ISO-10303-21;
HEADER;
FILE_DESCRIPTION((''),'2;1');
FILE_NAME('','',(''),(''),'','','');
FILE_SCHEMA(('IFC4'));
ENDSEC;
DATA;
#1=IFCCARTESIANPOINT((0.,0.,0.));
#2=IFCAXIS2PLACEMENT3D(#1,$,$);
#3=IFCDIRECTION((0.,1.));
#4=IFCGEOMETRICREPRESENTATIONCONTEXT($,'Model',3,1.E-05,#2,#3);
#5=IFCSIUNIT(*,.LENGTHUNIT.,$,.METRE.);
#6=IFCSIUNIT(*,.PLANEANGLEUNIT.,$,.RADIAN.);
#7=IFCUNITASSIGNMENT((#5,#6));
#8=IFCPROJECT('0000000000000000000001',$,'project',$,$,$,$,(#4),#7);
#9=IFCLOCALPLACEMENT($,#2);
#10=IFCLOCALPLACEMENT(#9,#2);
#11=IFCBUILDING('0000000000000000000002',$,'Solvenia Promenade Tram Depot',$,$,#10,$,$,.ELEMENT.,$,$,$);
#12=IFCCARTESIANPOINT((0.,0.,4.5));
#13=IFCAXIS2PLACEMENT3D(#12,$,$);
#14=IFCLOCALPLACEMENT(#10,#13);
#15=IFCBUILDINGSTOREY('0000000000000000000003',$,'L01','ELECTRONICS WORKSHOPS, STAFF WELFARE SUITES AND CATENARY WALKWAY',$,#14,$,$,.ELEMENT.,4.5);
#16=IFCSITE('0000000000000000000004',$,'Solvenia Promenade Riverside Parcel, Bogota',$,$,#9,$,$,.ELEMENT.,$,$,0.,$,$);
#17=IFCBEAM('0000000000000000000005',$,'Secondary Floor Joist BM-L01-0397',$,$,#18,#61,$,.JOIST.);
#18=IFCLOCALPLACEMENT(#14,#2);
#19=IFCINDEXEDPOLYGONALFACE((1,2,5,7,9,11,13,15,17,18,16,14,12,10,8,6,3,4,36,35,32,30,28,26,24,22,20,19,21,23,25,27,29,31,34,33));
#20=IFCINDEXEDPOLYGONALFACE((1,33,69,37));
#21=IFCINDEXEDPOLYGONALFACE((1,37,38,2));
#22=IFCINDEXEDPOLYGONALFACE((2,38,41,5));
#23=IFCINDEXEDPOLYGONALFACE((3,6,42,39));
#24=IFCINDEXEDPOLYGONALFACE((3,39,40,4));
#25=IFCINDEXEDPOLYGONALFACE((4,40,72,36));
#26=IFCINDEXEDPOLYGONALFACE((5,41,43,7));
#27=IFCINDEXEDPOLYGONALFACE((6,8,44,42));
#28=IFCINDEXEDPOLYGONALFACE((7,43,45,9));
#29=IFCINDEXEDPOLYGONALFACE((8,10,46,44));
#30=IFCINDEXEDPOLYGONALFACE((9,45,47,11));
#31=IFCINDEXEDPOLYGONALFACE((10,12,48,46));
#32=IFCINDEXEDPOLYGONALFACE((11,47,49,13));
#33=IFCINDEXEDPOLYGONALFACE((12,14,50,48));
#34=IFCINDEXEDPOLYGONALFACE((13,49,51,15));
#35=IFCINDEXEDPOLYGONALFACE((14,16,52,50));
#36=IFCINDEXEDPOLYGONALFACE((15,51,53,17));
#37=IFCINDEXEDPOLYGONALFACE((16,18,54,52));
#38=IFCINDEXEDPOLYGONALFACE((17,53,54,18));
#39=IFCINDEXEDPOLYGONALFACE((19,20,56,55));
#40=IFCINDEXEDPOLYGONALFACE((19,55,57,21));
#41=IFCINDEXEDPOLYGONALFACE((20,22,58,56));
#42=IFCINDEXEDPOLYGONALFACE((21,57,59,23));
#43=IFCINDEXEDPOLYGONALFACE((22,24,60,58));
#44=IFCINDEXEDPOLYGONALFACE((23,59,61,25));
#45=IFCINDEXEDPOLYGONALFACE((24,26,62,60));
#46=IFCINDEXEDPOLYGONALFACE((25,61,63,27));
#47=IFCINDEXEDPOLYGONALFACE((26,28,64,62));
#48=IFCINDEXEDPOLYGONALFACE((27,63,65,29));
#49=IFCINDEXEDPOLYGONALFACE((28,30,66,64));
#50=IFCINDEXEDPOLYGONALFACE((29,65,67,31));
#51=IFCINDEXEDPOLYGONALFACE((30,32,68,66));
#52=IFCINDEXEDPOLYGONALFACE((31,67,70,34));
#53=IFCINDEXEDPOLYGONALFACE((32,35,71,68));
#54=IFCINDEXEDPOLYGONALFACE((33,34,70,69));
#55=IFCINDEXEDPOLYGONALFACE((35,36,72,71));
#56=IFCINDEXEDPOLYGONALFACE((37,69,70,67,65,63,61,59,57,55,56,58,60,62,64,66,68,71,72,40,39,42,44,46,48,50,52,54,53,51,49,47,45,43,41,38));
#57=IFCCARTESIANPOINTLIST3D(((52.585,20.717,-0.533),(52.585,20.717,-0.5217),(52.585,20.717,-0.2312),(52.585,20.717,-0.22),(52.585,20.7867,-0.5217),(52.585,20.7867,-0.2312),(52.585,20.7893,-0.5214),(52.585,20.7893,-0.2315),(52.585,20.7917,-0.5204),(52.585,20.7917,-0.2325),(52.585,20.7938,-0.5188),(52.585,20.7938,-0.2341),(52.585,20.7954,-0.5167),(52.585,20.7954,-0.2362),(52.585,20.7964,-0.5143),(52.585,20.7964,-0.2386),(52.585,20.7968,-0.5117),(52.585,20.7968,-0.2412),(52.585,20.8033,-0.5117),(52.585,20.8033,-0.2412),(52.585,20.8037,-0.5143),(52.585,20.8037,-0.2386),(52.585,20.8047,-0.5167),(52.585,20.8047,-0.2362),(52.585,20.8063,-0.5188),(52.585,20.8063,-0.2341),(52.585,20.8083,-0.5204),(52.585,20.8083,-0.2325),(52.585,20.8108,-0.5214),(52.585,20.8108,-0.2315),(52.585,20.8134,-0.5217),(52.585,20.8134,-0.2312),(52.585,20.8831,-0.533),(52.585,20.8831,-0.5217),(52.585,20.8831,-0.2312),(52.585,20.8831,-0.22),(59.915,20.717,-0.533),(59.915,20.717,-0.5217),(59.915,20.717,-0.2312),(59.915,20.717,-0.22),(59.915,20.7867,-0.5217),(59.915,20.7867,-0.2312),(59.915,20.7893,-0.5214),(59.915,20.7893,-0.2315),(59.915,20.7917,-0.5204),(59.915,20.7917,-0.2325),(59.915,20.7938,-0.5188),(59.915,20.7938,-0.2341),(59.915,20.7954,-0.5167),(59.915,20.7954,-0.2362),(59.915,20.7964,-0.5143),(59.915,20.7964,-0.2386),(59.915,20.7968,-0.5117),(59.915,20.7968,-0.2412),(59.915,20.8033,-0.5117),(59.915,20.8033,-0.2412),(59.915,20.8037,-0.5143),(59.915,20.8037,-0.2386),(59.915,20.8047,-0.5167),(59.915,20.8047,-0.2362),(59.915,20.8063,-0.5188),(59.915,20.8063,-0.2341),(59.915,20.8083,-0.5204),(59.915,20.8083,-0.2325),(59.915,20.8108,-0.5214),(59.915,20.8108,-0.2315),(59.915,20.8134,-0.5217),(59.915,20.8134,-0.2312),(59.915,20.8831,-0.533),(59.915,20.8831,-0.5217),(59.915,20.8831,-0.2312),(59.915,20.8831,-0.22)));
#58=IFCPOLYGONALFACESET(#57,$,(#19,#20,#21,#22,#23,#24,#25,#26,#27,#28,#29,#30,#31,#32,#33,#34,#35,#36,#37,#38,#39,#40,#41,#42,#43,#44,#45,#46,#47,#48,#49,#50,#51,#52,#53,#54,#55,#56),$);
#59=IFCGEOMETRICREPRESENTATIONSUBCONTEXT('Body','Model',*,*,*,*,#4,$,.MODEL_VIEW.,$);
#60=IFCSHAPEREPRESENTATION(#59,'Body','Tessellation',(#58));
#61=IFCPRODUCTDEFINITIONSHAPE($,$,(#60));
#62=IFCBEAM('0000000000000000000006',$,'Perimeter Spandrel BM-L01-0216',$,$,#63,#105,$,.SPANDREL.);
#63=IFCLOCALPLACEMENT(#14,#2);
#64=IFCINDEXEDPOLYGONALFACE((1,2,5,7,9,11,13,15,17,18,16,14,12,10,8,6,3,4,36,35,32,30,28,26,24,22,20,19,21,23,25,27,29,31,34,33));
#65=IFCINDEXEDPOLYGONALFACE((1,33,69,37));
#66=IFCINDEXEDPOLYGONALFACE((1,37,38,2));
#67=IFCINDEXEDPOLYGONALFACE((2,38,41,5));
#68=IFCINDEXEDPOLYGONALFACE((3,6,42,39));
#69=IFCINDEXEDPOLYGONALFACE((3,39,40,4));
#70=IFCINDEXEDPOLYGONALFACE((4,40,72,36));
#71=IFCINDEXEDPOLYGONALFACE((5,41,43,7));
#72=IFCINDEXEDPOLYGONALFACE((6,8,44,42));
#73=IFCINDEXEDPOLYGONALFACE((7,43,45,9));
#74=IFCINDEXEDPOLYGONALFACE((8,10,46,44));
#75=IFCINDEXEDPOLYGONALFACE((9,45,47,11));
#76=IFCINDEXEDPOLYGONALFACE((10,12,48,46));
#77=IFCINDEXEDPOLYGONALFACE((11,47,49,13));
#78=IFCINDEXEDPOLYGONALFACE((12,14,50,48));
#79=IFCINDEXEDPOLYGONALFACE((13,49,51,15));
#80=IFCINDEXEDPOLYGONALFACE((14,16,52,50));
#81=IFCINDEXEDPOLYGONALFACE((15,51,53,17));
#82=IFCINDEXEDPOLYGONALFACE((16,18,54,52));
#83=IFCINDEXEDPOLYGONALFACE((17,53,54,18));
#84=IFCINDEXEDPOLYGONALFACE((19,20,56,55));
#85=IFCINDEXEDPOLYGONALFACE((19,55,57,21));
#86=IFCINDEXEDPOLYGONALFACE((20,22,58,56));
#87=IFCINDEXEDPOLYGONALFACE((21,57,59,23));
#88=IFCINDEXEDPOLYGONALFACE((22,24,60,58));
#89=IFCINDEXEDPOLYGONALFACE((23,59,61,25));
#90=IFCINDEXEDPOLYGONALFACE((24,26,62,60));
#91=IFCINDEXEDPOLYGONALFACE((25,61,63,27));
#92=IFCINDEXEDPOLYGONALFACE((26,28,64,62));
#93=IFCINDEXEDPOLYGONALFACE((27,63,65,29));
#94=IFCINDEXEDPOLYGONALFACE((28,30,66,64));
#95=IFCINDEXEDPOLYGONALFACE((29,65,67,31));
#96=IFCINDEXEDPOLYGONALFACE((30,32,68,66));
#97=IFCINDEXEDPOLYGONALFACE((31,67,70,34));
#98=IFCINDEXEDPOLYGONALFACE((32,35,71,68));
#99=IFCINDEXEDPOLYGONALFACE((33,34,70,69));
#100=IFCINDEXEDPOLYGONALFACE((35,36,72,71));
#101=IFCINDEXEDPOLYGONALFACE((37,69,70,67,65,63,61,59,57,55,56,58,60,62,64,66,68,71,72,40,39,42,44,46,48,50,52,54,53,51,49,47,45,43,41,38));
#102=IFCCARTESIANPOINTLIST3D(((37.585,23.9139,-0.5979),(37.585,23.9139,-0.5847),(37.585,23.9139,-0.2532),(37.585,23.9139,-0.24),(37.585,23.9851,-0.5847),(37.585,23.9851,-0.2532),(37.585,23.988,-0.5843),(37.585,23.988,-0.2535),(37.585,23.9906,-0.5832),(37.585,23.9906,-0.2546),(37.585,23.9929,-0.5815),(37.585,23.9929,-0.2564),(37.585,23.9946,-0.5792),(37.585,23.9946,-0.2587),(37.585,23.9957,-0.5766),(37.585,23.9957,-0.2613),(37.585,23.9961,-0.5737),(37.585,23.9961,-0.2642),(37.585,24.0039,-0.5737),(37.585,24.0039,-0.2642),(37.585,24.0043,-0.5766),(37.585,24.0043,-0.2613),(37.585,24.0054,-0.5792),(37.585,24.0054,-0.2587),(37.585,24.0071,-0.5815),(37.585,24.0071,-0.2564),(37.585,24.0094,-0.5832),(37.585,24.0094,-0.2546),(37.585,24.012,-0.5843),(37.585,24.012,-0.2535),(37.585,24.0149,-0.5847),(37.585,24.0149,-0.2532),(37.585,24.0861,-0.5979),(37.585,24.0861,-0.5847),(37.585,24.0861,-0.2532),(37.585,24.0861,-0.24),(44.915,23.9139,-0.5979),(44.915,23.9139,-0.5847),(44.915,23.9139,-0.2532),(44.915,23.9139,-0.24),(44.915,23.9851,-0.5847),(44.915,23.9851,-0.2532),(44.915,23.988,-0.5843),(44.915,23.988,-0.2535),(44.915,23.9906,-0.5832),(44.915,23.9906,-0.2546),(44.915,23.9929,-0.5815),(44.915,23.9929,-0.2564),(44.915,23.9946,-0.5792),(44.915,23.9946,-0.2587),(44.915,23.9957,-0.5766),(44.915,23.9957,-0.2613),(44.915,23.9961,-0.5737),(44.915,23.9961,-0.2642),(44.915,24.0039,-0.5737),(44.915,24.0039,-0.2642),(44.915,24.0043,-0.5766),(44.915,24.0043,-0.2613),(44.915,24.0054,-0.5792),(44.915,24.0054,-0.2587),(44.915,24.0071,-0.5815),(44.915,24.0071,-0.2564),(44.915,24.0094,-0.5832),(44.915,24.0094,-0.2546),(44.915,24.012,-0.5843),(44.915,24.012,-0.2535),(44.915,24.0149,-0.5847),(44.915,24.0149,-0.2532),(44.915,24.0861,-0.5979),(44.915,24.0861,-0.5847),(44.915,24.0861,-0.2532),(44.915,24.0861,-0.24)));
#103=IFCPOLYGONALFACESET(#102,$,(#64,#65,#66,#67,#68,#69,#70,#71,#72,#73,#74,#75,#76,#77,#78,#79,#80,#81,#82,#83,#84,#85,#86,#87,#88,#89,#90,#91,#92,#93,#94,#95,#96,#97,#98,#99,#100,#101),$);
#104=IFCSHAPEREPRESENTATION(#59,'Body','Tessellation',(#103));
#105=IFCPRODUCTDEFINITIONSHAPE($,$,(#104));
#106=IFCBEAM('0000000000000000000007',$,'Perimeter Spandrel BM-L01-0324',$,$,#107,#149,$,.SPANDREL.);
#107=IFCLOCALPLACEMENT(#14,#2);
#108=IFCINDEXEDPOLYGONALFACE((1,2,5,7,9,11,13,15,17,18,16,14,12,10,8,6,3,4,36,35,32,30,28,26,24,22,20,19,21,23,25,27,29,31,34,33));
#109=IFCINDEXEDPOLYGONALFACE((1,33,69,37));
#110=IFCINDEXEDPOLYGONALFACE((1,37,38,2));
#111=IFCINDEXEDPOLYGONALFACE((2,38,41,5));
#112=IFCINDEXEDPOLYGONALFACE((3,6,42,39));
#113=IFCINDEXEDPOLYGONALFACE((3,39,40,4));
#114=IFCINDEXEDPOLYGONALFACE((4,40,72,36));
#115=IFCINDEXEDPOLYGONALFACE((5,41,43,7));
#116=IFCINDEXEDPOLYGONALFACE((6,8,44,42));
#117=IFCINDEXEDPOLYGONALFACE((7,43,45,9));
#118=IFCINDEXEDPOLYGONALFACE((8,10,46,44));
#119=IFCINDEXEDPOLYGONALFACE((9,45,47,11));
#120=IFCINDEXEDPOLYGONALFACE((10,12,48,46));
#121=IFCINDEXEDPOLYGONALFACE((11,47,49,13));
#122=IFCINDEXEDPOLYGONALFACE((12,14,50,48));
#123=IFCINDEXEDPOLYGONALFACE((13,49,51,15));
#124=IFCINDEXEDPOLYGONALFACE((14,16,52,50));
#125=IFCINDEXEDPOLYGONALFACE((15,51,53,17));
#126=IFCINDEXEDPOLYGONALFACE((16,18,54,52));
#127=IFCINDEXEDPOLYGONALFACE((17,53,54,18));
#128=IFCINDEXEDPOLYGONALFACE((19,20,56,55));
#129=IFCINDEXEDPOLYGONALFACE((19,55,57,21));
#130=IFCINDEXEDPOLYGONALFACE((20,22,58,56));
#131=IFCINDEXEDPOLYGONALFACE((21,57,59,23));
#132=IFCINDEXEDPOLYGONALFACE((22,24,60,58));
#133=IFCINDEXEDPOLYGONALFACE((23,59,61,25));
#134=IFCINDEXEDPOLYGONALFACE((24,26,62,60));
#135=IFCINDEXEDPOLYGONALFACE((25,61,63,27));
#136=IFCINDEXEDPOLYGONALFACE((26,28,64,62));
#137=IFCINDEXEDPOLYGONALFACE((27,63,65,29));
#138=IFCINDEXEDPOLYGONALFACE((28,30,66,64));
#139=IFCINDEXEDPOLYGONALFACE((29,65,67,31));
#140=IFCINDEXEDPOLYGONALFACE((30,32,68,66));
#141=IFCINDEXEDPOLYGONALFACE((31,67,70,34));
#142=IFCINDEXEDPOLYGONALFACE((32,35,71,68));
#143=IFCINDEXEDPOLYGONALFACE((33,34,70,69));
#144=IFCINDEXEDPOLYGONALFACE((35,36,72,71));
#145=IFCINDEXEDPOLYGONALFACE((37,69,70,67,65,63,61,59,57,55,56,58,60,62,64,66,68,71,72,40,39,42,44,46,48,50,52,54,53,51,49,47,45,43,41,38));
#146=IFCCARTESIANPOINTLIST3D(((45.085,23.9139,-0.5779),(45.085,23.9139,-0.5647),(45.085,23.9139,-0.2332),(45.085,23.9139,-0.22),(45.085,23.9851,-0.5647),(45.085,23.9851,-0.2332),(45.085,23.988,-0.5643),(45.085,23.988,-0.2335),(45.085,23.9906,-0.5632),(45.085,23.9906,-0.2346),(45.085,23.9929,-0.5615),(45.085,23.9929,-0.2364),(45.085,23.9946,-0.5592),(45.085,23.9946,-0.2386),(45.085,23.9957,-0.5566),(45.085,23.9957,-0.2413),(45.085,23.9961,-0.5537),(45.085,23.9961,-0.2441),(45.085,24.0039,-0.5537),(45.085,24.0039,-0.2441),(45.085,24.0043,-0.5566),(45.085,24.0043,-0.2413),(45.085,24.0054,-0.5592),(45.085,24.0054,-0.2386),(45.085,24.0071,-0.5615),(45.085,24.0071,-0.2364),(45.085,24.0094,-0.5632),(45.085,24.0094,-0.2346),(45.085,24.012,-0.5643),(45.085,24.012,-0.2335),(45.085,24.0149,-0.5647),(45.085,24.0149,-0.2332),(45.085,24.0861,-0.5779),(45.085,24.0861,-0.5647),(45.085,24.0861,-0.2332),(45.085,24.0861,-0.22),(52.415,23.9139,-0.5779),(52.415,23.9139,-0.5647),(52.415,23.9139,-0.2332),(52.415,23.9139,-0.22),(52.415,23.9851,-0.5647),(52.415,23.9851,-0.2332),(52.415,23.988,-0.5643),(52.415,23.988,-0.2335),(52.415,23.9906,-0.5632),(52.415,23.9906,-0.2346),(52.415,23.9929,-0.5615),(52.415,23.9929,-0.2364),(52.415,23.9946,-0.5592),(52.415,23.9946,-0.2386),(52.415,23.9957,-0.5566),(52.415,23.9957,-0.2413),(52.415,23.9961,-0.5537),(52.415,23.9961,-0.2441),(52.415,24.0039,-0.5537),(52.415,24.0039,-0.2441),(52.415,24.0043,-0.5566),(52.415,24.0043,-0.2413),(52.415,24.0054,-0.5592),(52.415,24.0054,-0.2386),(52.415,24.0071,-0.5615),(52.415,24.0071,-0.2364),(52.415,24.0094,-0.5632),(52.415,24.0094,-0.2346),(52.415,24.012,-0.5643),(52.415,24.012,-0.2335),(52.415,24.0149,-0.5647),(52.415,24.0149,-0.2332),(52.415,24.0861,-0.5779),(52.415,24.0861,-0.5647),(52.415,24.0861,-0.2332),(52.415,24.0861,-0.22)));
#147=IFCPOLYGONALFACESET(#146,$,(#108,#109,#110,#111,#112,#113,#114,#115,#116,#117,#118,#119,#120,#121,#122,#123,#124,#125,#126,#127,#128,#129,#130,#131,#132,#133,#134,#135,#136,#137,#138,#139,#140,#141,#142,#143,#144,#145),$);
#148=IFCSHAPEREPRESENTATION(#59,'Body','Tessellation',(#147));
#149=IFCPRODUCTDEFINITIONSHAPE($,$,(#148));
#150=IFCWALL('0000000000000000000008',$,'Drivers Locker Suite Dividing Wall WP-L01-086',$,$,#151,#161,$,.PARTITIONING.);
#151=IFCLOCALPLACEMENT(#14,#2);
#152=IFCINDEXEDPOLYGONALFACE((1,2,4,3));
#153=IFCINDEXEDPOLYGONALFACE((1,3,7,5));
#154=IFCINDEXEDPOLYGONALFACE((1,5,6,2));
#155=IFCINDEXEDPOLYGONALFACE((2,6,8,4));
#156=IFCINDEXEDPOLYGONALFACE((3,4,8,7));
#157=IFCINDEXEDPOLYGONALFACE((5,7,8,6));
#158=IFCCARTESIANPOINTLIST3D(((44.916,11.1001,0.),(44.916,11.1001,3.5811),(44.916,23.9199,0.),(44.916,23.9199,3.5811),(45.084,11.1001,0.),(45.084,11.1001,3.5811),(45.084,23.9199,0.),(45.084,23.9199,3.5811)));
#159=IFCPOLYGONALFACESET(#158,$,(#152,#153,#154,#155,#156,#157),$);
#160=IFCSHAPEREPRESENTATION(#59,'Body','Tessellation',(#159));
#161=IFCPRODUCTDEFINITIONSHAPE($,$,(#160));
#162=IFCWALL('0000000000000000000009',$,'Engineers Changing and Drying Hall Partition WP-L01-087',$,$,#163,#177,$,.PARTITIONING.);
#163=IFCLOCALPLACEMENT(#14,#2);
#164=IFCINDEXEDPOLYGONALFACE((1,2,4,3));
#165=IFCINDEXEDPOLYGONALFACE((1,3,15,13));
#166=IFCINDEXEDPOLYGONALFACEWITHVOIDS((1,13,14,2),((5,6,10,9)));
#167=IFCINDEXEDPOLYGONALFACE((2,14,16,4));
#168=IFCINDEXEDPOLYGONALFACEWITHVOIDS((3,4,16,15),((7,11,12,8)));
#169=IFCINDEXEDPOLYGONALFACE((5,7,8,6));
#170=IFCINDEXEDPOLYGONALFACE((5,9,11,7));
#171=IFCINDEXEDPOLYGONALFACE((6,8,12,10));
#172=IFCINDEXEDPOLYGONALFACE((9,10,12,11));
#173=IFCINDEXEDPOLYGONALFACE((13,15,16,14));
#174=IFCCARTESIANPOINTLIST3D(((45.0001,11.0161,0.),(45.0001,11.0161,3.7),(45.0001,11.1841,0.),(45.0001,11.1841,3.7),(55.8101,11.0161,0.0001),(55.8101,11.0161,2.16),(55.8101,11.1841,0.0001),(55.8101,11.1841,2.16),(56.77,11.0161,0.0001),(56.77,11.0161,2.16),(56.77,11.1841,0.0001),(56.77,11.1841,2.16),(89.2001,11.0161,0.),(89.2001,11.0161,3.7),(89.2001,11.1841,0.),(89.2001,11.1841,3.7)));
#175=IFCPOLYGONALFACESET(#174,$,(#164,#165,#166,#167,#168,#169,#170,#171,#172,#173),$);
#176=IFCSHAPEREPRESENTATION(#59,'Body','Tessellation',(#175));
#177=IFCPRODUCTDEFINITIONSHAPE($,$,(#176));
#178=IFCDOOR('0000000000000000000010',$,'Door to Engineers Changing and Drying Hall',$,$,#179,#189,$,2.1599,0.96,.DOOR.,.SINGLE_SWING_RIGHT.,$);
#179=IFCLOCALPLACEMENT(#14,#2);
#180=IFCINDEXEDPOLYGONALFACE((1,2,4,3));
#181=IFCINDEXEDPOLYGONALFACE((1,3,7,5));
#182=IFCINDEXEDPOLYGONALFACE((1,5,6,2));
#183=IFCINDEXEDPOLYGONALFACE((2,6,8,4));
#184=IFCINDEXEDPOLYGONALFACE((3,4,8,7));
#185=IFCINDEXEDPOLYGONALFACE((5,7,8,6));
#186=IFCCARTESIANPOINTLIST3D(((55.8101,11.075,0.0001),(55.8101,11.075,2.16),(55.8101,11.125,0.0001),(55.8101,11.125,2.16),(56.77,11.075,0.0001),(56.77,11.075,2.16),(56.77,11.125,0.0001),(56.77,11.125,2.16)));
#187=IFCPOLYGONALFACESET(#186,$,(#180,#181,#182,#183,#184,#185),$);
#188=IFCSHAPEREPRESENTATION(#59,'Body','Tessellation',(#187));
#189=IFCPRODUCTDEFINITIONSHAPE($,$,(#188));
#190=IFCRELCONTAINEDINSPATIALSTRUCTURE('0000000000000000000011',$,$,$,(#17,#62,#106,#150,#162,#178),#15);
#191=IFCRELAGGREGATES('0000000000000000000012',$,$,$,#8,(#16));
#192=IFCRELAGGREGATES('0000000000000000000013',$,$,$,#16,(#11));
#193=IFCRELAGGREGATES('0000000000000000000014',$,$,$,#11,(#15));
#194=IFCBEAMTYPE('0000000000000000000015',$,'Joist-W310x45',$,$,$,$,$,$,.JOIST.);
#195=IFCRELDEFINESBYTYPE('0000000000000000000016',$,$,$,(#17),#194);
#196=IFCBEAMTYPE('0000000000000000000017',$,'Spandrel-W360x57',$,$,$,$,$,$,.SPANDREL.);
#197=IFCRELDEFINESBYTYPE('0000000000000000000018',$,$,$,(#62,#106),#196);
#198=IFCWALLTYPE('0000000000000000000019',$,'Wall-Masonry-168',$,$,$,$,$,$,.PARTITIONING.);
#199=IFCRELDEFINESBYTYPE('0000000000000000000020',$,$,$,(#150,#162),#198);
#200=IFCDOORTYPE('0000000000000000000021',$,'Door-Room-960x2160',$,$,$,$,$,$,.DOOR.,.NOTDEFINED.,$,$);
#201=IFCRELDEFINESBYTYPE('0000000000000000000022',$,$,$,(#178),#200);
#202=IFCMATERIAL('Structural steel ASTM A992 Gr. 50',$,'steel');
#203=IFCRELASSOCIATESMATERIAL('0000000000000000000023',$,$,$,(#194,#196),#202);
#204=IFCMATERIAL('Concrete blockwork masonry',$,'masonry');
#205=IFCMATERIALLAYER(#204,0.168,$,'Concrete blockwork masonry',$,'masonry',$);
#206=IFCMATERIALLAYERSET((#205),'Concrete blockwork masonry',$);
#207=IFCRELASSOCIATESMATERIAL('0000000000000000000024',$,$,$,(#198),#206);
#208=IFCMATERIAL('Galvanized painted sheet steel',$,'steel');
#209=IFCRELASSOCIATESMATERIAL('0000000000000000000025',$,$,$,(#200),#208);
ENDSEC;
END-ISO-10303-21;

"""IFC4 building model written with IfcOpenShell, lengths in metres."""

from ifc_helpers import new_model, si_unit, direction, frame, frame_2d, origin, origin_2d, place, context, subcontext, project, spatial, rectangle, i_section, extrude, material, layer, layer_set, material_profile, profile_set, type_object, element, fill, save


model = new_model("IFC4")

# Units and contexts
model_context = context("Model", 3, precision=1e-05, world=origin(), true_north=direction((0.0, 1.0)))
body_context = subcontext(model_context, "Body", "Model", "MODEL_VIEW")
ifc_project = project(units=[si_unit("LENGTHUNIT", "METRE"), si_unit("PLANEANGLEUNIT", "RADIAN")], contexts=[model_context])

# Site, building, storey
site_placement = place(None, origin())
site = spatial("IfcSite", under=ifc_project, at=site_placement, Name="Solvenia Promenade Riverside Parcel, Bogota", CompositionType="ELEMENT", RefElevation=0.0)
building_placement = place(site_placement, origin())
building = spatial("IfcBuilding", under=site, at=building_placement, Name="Solvenia Promenade Tram Depot", CompositionType="ELEMENT")
storey_placement = place(building_placement, frame((0.0, 0.0, 4.5)))
storey = spatial("IfcBuildingStorey", under=building, at=storey_placement, Name="L01", Description="ELECTRONICS WORKSHOPS, STAFF WELFARE SUITES AND CATENARY WALKWAY", CompositionType="ELEMENT", Elevation=4.5)

# Shared definitions
ifc_material_1 = material(Name="Structural steel ASTM A992 Gr. 50", Category="steel")

# Beams
ifc_material_profile_1 = material_profile(ifc_material_1, i_section(OverallWidth=0.166, OverallDepth=0.313, WebThickness=0.0066, FlangeThickness=0.0112, FilletRadius=0.01, at=origin_2d()), Name="W310x45", Category="steel")
ifc_profile_set_1 = profile_set([ifc_material_profile_1], Name="Structural steel ASTM A992 Gr. 50")
beam_type_1 = type_object("IfcBeamType", Name="Joist-W310x45", PredefinedType="JOIST", material=ifc_profile_set_1)
for number, where, z_axis, x_axis, name in (
    (1, (52.585, 20.8, -0.3765), (1.0, 0.0, 0.0), (0.0, 1.0, 0.0), "Secondary Floor Joist BM-L01-0397"),
):
    element("IfcBeam", number, at=place(storey_placement, frame(where, z_axis=z_axis, x_axis=x_axis)), inside=storey, type_object=beam_type_1, Name=name, PredefinedType="JOIST", context=body_context, shape_type="SweptSolid", body=[
        extrude(i_section(OverallWidth=0.166, OverallDepth=0.313, WebThickness=0.0066, FlangeThickness=0.0112, FilletRadius=0.01, at=origin_2d()), origin(), (0.0, 0.0, 1.0), 7.3301),
    ])
ifc_material_profile_2 = material_profile(ifc_material_1, i_section(OverallWidth=0.1721, OverallDepth=0.3579, WebThickness=0.0078, FlangeThickness=0.0132, FilletRadius=0.011, at=origin_2d()), Name="W360x57", Category="steel")
ifc_profile_set_2 = profile_set([ifc_material_profile_2], Name="Structural steel ASTM A992 Gr. 50")
beam_type_2 = type_object("IfcBeamType", Name="Spandrel-W360x57", PredefinedType="SPANDREL", material=ifc_profile_set_2)
for number, where, z_axis, x_axis, name in (
    (2, (37.585, 24.0, -0.4189), (1.0, 0.0, 0.0), (0.0, 1.0, 0.0), "Perimeter Spandrel BM-L01-0216"),
    (3, (45.085, 24.0, -0.3989), (1.0, 0.0, 0.0), (0.0, 1.0, 0.0), "Perimeter Spandrel BM-L01-0324"),
):
    element("IfcBeam", number, at=place(storey_placement, frame(where, z_axis=z_axis, x_axis=x_axis)), inside=storey, type_object=beam_type_2, Name=name, PredefinedType="SPANDREL", context=body_context, shape_type="SweptSolid", body=[
        extrude(i_section(OverallWidth=0.1721, OverallDepth=0.3579, WebThickness=0.0078, FlangeThickness=0.0132, FilletRadius=0.011, at=origin_2d()), origin(), (0.0, 0.0, 1.0), 7.3301),
    ])

# Wall
ifc_material_2 = material(Name="Concrete blockwork masonry", Category="masonry")
ifc_layer_1 = layer(ifc_material_2, 0.168, Name="Concrete blockwork masonry", Category="masonry")
ifc_layer_set_1 = layer_set([ifc_layer_1], Name="Concrete blockwork masonry")
wall_type = type_object("IfcWallType", Name="Wall-Masonry-168", PredefinedType="PARTITIONING", material=ifc_layer_set_1)
wall_1_placement = place(storey_placement, frame((45.0, 11.1001, 0.0), z_axis=(0.0, 0.0, 1.0), x_axis=(0.0, 1.0, 0.0)))
element("IfcWall", 4, at=wall_1_placement, inside=storey, type_object=wall_type, Name="Drivers Locker Suite Dividing Wall WP-L01-086", PredefinedType="PARTITIONING", context=body_context, shape_type="SweptSolid", body=[
    extrude(rectangle(XDim=12.8198, YDim=0.168, at=frame_2d((6.4099, 0.0))), origin(), (0.0, 0.0, 1.0), 3.5811),
])

# Wall, opening, door
wall_2_placement = place(storey_placement, frame((45.0, 11.1001, 0.0), z_axis=(0.0, 0.0, 1.0), x_axis=(1.0, 0.0, 0.0)))
wall_2 = element("IfcWall", 5, at=wall_2_placement, inside=storey, type_object=wall_type, Name="Engineers Changing and Drying Hall Partition WP-L01-087", PredefinedType="PARTITIONING", context=body_context, shape_type="SweptSolid", body=[
    extrude(rectangle(XDim=44.2, YDim=0.168, at=frame_2d((22.1001, 0.0))), origin(), (0.0, 0.0, 1.0), 3.7),
])
opening_placement = place(wall_2_placement, frame((10.8101, 0.0, 0.0)))
opening = element("IfcOpeningElement", 6, at=opening_placement, cuts=wall_2, PredefinedType="OPENING", context=body_context, shape_type="SweptSolid", body=[
    extrude(rectangle(XDim=0.96, YDim=2.1599, at=frame_2d((0.48, 1.0801))), frame((0.0, 0.094, 0.0), z_axis=(0.0, -1.0, 0.0), x_axis=(1.0, 0.0, 0.0)), (0.0, 0.0, 1.0), 0.188),
])
ifc_material_3 = material(Name="Galvanized painted sheet steel", Category="steel")
door_type = type_object("IfcDoorType", Name="Door-Room-960x2160", OperationType="NOTDEFINED", PredefinedType="DOOR", material=ifc_material_3)
door_placement = place(opening_placement, origin())
door = element("IfcDoor", 7, at=door_placement, inside=storey, type_object=door_type, Name="Door to Engineers Changing and Drying Hall", OperationType="SINGLE_SWING_RIGHT", OverallHeight=2.1599, OverallWidth=0.96, PredefinedType="DOOR", context=body_context, shape_type="SweptSolid", body=[
    extrude(rectangle(XDim=0.96, YDim=2.1599, at=frame_2d((0.48, 1.0801))), frame((0.0, 0.0249, 0.0), z_axis=(0.0, -1.0, 0.0), x_axis=(1.0, 0.0, 0.0)), (0.0, 0.0, 1.0), 0.05),
])
fill(opening, door)

save(model, "model.ifc")
